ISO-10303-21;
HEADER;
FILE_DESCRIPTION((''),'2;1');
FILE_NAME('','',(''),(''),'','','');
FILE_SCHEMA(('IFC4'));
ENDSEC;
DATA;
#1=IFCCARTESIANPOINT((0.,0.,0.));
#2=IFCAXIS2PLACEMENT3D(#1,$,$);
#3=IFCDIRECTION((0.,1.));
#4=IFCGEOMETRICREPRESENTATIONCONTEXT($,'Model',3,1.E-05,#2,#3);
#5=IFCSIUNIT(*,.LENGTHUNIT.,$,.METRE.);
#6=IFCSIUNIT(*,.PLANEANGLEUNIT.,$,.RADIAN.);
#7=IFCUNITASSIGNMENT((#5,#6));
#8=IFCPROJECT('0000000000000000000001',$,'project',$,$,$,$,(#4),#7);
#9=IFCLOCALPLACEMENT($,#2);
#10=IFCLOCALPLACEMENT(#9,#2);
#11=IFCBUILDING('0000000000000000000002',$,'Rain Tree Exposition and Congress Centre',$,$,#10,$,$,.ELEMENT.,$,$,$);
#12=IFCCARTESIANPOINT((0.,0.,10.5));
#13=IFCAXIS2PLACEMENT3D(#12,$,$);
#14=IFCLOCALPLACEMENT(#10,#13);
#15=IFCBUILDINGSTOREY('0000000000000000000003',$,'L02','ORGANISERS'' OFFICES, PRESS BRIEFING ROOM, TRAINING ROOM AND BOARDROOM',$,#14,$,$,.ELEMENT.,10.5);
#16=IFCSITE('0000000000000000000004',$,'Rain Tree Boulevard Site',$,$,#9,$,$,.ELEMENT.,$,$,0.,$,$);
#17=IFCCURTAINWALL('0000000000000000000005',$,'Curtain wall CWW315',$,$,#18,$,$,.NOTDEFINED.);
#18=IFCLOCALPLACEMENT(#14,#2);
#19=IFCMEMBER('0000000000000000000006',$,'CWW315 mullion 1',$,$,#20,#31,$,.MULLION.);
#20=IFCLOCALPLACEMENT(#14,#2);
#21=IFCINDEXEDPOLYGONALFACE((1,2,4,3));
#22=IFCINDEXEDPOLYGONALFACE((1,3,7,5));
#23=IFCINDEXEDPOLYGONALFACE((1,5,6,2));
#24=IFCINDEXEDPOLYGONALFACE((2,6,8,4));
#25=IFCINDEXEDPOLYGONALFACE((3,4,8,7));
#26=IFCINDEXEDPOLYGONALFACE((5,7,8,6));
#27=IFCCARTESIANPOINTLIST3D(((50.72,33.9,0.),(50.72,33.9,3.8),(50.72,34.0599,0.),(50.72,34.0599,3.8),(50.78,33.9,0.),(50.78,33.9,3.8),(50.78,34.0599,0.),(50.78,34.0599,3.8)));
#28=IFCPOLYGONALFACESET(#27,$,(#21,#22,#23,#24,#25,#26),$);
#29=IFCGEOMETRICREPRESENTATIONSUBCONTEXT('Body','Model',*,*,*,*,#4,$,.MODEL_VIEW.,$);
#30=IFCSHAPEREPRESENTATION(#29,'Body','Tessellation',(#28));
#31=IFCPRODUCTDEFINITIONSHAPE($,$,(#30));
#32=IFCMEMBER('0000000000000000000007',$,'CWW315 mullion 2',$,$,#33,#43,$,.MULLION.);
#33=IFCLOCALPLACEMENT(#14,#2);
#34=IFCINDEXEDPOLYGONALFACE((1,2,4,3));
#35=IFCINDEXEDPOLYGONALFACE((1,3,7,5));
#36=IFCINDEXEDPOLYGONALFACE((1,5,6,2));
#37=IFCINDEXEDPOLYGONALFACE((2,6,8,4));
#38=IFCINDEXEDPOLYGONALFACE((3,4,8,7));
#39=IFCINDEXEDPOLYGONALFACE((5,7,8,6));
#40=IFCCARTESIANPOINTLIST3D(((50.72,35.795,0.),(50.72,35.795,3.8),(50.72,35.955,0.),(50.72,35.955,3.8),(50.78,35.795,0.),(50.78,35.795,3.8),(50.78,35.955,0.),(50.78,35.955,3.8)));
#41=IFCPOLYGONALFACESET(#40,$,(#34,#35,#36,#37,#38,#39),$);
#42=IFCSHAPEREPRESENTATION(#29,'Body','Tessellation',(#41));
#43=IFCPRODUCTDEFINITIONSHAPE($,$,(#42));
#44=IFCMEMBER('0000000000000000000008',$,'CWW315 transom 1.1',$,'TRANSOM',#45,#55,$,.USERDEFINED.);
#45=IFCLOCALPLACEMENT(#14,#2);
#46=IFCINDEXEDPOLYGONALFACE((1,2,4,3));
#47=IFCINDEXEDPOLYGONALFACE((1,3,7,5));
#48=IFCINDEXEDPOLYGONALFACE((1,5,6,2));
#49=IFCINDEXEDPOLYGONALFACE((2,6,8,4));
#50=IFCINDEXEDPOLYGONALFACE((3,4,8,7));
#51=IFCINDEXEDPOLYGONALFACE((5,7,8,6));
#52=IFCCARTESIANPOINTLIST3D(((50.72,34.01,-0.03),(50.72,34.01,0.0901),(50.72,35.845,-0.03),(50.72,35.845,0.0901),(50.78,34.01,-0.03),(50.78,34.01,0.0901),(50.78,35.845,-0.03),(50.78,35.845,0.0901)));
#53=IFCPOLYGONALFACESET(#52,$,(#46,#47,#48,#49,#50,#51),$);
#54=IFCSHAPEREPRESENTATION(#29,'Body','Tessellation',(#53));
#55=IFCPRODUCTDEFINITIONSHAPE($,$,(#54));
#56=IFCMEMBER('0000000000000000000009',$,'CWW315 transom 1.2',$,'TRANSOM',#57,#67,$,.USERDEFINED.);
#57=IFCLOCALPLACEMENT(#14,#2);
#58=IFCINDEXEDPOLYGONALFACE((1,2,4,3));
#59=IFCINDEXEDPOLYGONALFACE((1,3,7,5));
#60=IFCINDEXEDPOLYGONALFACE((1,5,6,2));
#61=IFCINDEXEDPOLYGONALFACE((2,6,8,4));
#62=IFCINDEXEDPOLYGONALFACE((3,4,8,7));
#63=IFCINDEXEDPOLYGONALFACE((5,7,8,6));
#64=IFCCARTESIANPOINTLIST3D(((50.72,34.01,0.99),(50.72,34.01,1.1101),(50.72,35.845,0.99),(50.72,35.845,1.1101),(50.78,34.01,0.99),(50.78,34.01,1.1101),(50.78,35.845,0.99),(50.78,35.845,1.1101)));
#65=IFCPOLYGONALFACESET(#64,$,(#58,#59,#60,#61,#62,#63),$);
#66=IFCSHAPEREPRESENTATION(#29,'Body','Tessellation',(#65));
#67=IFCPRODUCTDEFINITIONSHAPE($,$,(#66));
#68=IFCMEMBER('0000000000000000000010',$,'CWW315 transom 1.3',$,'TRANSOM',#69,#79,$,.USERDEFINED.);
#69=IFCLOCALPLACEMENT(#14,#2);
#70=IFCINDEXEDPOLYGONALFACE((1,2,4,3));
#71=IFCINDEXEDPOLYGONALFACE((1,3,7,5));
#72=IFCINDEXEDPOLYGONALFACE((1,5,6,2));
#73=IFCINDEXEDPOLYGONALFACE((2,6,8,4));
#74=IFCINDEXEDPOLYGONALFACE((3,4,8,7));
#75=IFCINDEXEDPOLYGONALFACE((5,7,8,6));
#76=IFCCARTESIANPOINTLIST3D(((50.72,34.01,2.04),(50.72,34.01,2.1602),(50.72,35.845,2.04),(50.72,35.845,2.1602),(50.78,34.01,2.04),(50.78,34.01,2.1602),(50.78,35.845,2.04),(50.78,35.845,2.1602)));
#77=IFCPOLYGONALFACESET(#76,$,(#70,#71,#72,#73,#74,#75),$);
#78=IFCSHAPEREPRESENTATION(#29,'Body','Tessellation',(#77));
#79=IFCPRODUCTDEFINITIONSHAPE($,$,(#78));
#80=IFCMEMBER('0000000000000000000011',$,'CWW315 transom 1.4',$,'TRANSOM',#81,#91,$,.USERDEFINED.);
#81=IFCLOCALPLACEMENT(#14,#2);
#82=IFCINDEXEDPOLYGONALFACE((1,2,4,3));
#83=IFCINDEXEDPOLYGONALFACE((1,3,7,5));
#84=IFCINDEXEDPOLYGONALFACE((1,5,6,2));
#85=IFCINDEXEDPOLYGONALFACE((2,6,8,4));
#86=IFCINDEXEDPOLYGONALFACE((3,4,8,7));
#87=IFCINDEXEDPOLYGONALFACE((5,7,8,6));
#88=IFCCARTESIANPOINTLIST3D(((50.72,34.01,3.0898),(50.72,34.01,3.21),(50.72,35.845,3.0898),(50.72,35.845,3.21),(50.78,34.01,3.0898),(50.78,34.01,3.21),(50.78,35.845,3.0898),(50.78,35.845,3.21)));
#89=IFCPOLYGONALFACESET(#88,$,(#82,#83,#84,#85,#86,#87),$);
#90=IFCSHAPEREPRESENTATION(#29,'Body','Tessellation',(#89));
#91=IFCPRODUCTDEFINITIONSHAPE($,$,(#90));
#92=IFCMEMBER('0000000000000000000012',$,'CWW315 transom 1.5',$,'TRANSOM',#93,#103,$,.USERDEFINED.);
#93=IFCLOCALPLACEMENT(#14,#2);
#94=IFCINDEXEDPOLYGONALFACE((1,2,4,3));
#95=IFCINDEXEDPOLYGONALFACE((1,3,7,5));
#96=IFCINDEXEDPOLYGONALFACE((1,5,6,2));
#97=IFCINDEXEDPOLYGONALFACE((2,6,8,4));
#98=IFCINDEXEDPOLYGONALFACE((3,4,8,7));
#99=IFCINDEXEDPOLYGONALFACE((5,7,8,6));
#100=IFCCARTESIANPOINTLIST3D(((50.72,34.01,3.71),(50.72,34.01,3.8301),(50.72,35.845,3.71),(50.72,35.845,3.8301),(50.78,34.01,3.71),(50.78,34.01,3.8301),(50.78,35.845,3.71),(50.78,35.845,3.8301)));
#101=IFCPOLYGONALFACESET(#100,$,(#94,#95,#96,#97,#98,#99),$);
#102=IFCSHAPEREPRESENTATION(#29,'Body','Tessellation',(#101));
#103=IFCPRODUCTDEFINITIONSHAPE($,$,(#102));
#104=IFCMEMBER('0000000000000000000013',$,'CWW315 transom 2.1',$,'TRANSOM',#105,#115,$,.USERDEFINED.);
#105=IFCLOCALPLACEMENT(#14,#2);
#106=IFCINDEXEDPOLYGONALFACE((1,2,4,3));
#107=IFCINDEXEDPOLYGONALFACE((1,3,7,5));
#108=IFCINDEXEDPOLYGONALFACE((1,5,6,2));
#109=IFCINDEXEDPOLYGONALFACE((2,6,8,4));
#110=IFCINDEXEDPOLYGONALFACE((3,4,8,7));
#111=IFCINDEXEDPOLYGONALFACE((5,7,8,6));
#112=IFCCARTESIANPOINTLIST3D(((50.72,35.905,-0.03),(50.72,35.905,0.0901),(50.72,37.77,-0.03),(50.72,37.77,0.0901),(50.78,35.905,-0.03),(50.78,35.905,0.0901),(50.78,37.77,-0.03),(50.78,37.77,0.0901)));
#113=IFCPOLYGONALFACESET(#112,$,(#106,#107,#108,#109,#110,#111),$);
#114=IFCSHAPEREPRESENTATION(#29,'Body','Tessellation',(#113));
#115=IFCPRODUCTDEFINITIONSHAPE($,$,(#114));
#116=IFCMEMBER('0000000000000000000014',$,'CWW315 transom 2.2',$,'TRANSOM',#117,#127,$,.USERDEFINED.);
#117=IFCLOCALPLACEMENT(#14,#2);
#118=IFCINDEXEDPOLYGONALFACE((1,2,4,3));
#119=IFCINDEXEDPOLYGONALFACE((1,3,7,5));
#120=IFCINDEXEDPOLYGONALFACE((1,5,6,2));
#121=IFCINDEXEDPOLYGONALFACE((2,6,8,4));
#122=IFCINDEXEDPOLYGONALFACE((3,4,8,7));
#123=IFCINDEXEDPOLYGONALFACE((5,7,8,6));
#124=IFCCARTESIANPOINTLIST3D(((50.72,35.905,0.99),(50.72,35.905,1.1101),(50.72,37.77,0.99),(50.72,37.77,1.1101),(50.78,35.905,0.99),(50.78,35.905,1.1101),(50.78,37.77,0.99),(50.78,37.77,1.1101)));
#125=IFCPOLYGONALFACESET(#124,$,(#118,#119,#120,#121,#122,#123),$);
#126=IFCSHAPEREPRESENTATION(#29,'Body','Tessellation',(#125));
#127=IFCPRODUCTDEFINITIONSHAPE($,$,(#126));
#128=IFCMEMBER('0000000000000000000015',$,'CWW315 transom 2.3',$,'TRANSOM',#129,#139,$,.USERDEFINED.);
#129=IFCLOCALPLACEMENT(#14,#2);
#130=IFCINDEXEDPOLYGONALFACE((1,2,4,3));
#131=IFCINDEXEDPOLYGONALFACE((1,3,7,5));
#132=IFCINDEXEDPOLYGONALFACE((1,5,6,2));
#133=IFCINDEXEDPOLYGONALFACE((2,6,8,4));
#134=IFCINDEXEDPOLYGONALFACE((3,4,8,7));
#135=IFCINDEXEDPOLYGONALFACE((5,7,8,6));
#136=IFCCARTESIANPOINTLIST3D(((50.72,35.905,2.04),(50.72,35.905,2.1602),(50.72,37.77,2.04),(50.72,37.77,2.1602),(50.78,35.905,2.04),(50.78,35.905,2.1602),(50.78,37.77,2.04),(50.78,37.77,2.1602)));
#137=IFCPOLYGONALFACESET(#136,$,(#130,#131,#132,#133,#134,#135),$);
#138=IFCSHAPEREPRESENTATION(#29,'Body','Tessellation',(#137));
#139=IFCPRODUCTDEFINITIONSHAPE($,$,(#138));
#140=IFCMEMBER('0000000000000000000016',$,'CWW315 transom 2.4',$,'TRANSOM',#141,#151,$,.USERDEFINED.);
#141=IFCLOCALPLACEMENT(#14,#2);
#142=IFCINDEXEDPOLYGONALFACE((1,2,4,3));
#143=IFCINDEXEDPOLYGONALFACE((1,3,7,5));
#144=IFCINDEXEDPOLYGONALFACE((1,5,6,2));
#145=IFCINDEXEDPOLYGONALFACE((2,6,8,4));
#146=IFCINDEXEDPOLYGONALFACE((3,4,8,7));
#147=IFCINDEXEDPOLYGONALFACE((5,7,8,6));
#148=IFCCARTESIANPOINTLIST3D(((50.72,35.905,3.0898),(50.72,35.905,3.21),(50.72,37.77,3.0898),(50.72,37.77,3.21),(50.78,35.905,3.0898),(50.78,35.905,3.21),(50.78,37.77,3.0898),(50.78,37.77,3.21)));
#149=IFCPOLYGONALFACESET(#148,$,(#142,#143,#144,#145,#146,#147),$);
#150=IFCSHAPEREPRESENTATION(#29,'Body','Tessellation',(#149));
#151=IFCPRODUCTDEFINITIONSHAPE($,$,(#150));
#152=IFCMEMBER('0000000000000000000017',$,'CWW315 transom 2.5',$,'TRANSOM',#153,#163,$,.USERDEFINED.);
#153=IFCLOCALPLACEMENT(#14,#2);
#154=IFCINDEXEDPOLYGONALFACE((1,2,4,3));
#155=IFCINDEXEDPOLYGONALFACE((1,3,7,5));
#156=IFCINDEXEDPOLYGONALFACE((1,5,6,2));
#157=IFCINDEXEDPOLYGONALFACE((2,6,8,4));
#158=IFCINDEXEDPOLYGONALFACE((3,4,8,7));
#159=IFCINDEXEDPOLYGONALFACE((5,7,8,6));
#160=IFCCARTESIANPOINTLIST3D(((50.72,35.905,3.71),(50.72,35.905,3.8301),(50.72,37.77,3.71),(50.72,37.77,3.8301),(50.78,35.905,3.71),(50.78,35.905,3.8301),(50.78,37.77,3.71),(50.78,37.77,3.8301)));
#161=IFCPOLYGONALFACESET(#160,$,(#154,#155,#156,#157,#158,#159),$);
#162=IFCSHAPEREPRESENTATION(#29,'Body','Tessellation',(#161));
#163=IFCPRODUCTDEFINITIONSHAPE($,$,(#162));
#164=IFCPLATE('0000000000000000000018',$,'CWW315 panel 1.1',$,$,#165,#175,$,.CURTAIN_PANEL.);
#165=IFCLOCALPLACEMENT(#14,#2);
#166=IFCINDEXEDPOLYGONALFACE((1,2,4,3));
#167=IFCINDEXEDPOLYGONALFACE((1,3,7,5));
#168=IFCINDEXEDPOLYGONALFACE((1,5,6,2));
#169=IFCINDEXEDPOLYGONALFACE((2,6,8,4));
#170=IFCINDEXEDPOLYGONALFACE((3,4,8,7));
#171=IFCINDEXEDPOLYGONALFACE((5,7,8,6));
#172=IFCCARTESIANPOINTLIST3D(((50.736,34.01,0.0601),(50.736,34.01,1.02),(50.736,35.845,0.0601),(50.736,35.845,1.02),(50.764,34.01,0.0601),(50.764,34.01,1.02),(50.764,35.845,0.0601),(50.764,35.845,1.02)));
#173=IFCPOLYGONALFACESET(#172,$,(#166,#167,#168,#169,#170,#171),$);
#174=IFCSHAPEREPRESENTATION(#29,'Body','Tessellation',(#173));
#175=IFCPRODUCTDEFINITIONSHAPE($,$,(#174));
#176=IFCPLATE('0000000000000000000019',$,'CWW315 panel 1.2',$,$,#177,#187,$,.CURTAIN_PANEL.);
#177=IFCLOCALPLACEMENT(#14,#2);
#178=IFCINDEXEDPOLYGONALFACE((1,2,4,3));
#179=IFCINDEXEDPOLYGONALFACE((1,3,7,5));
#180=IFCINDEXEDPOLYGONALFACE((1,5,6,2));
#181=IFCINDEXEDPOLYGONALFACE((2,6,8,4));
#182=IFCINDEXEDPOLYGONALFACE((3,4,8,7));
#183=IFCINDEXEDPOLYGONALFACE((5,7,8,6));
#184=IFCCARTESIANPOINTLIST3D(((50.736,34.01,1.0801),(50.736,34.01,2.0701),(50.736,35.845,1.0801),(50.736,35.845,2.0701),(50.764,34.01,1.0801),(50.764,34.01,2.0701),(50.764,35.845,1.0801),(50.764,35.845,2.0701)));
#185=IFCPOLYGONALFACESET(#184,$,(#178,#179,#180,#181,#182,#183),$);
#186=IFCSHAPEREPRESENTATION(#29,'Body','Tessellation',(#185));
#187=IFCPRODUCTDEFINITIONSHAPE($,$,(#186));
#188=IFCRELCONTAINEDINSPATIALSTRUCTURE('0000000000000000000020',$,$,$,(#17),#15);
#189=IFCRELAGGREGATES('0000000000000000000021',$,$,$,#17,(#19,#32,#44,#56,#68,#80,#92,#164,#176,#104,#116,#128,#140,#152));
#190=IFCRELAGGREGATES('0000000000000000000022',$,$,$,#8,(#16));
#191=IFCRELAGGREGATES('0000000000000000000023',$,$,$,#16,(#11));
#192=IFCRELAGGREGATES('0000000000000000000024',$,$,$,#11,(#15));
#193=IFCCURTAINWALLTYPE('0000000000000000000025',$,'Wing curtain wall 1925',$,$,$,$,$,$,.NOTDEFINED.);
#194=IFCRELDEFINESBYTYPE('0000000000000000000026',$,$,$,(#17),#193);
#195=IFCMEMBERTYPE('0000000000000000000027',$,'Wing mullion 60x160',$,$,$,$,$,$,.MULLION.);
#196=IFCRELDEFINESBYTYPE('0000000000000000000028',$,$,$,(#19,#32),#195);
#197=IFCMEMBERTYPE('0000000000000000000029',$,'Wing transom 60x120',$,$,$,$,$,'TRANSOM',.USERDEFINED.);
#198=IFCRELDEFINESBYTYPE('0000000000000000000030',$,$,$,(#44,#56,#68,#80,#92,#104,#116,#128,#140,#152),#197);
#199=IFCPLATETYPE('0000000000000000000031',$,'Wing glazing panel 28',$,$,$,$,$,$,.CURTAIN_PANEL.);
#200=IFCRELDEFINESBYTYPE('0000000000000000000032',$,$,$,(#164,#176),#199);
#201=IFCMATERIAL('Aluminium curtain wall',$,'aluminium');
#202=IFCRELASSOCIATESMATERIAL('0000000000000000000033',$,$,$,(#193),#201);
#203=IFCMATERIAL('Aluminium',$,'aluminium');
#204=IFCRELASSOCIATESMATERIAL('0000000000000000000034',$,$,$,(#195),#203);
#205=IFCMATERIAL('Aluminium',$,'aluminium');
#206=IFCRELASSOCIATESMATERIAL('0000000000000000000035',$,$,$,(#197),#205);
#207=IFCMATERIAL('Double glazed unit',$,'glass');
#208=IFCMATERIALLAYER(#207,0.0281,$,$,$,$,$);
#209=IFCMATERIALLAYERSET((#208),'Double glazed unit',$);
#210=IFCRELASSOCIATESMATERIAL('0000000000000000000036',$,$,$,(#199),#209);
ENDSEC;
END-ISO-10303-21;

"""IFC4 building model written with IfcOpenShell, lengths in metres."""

from ifc_helpers import new_model, si_unit, direction, frame, origin, origin_2d, place, context, subcontext, project, spatial, rectangle, extrude, material, layer, layer_set, material_profile, profile_set, type_object, element, aggregate, save


model = new_model("IFC4")

# Units and contexts
model_context = context("Model", 3, precision=1e-05, world=origin(), true_north=direction((0.0, 1.0)))
body_context = subcontext(model_context, "Body", "Model", "MODEL_VIEW")
ifc_project = project(units=[si_unit("LENGTHUNIT", "METRE"), si_unit("PLANEANGLEUNIT", "RADIAN")], contexts=[model_context])

# Site, building, storey
site_placement = place(None, origin())
site = spatial("IfcSite", under=ifc_project, at=site_placement, Name="Rain Tree Boulevard Site", CompositionType="ELEMENT", RefElevation=0.0)
building_placement = place(site_placement, origin())
building = spatial("IfcBuilding", under=site, at=building_placement, Name="Rain Tree Exposition and Congress Centre", CompositionType="ELEMENT")
storey_placement = place(building_placement, frame((0.0, 0.0, 10.5)))
storey = spatial("IfcBuildingStorey", under=building, at=storey_placement, Name="L02", Description="ORGANISERS' OFFICES, PRESS BRIEFING ROOM, TRAINING ROOM AND BOARDROOM", CompositionType="ELEMENT", Elevation=10.5)

# Curtain wall, members, plates
ifc_material_1 = material(Name="Aluminium curtain wall", Category="aluminium")
curtain_wall_type = type_object("IfcCurtainWallType", Name="Wing curtain wall 1925", PredefinedType="NOTDEFINED", material=ifc_material_1)
curtain_wall_placement = place(storey_placement, origin())
curtain_wall = element("IfcCurtainWall", 1, at=curtain_wall_placement, inside=storey, type_object=curtain_wall_type, Name="Curtain wall CWW315", PredefinedType="NOTDEFINED")
ifc_material_2 = material(Name="Aluminium", Category="aluminium")
ifc_material_profile_1 = material_profile(ifc_material_2, rectangle(XDim=0.0601, YDim=0.1599, at=origin_2d()), Name="Aluminium 60x160")
ifc_profile_set_1 = profile_set([ifc_material_profile_1], Name="Aluminium")
member_type_1 = type_object("IfcMemberType", Name="Wing mullion 60x160", PredefinedType="MULLION", material=ifc_profile_set_1)
member_1_placement = place(storey_placement, frame((50.75, 33.98, 0.0), z_axis=(0.0, 0.0, 1.0), x_axis=(-1.0, 0.0, 0.0)))
member_1 = element("IfcMember", 2, at=member_1_placement, type_object=member_type_1, Name="CWW315 mullion 1", PredefinedType="MULLION", context=body_context, shape_type="SweptSolid", body=[
    extrude(rectangle(XDim=0.0601, YDim=0.1599, at=origin_2d()), origin(), (0.0, 0.0, 1.0), 3.8),
])
member_2_placement = place(storey_placement, frame((50.75, 35.875, 0.0), z_axis=(0.0, 0.0, 1.0), x_axis=(-1.0, 0.0, 0.0)))
member_2 = element("IfcMember", 3, at=member_2_placement, type_object=member_type_1, Name="CWW315 mullion 2", PredefinedType="MULLION", context=body_context, shape_type="SweptSolid", body=[
    extrude(rectangle(XDim=0.0601, YDim=0.1599, at=origin_2d()), origin(), (0.0, 0.0, 1.0), 3.8),
])
ifc_material_3 = material(Name="Aluminium", Category="aluminium")
ifc_material_profile_2 = material_profile(ifc_material_3, rectangle(XDim=0.0601, YDim=0.1201, at=origin_2d()), Name="Aluminium 60x120")
ifc_profile_set_2 = profile_set([ifc_material_profile_2], Name="Aluminium")
member_type_2 = type_object("IfcMemberType", Name="Wing transom 60x120", ElementType="TRANSOM", PredefinedType="USERDEFINED", material=ifc_profile_set_2)
member_3_placement = place(storey_placement, frame((50.75, 34.01, 0.03), z_axis=(0.0, 1.0, 0.0), x_axis=(-1.0, 0.0, 0.0)))
member_3 = element("IfcMember", 4, at=member_3_placement, type_object=member_type_2, Name="CWW315 transom 1.1", ObjectType="TRANSOM", PredefinedType="USERDEFINED", context=body_context, shape_type="SweptSolid", body=[
    extrude(rectangle(XDim=0.0601, YDim=0.1201, at=origin_2d()), origin(), (0.0, 0.0, 1.0), 1.835),
])
member_4_placement = place(storey_placement, frame((50.75, 34.01, 1.05), z_axis=(0.0, 1.0, 0.0), x_axis=(-1.0, 0.0, 0.0)))
member_4 = element("IfcMember", 5, at=member_4_placement, type_object=member_type_2, Name="CWW315 transom 1.2", ObjectType="TRANSOM", PredefinedType="USERDEFINED", context=body_context, shape_type="SweptSolid", body=[
    extrude(rectangle(XDim=0.0601, YDim=0.1201, at=origin_2d()), origin(), (0.0, 0.0, 1.0), 1.835),
])
member_5_placement = place(storey_placement, frame((50.75, 34.01, 2.1001), z_axis=(0.0, 1.0, 0.0), x_axis=(-1.0, 0.0, 0.0)))
member_5 = element("IfcMember", 6, at=member_5_placement, type_object=member_type_2, Name="CWW315 transom 1.3", ObjectType="TRANSOM", PredefinedType="USERDEFINED", context=body_context, shape_type="SweptSolid", body=[
    extrude(rectangle(XDim=0.0601, YDim=0.1201, at=origin_2d()), origin(), (0.0, 0.0, 1.0), 1.835),
])
member_6_placement = place(storey_placement, frame((50.75, 34.01, 3.1499), z_axis=(0.0, 1.0, 0.0), x_axis=(-1.0, 0.0, 0.0)))
member_6 = element("IfcMember", 7, at=member_6_placement, type_object=member_type_2, Name="CWW315 transom 1.4", ObjectType="TRANSOM", PredefinedType="USERDEFINED", context=body_context, shape_type="SweptSolid", body=[
    extrude(rectangle(XDim=0.0601, YDim=0.1201, at=origin_2d()), origin(), (0.0, 0.0, 1.0), 1.835),
])
member_7_placement = place(storey_placement, frame((50.75, 34.01, 3.77), z_axis=(0.0, 1.0, 0.0), x_axis=(-1.0, 0.0, 0.0)))
member_7 = element("IfcMember", 8, at=member_7_placement, type_object=member_type_2, Name="CWW315 transom 1.5", ObjectType="TRANSOM", PredefinedType="USERDEFINED", context=body_context, shape_type="SweptSolid", body=[
    extrude(rectangle(XDim=0.0601, YDim=0.1201, at=origin_2d()), origin(), (0.0, 0.0, 1.0), 1.835),
])
member_8_placement = place(storey_placement, frame((50.75, 35.905, 0.03), z_axis=(0.0, 1.0, 0.0), x_axis=(-1.0, 0.0, 0.0)))
member_8 = element("IfcMember", 9, at=member_8_placement, type_object=member_type_2, Name="CWW315 transom 2.1", ObjectType="TRANSOM", PredefinedType="USERDEFINED", context=body_context, shape_type="SweptSolid", body=[
    extrude(rectangle(XDim=0.0601, YDim=0.1201, at=origin_2d()), origin(), (0.0, 0.0, 1.0), 1.865),
])
member_9_placement = place(storey_placement, frame((50.75, 35.905, 1.05), z_axis=(0.0, 1.0, 0.0), x_axis=(-1.0, 0.0, 0.0)))
member_9 = element("IfcMember", 10, at=member_9_placement, type_object=member_type_2, Name="CWW315 transom 2.2", ObjectType="TRANSOM", PredefinedType="USERDEFINED", context=body_context, shape_type="SweptSolid", body=[
    extrude(rectangle(XDim=0.0601, YDim=0.1201, at=origin_2d()), origin(), (0.0, 0.0, 1.0), 1.865),
])
member_10_placement = place(storey_placement, frame((50.75, 35.905, 2.1001), z_axis=(0.0, 1.0, 0.0), x_axis=(-1.0, 0.0, 0.0)))
member_10 = element("IfcMember", 11, at=member_10_placement, type_object=member_type_2, Name="CWW315 transom 2.3", ObjectType="TRANSOM", PredefinedType="USERDEFINED", context=body_context, shape_type="SweptSolid", body=[
    extrude(rectangle(XDim=0.0601, YDim=0.1201, at=origin_2d()), origin(), (0.0, 0.0, 1.0), 1.865),
])
member_11_placement = place(storey_placement, frame((50.75, 35.905, 3.1499), z_axis=(0.0, 1.0, 0.0), x_axis=(-1.0, 0.0, 0.0)))
member_11 = element("IfcMember", 12, at=member_11_placement, type_object=member_type_2, Name="CWW315 transom 2.4", ObjectType="TRANSOM", PredefinedType="USERDEFINED", context=body_context, shape_type="SweptSolid", body=[
    extrude(rectangle(XDim=0.0601, YDim=0.1201, at=origin_2d()), origin(), (0.0, 0.0, 1.0), 1.865),
])
member_12_placement = place(storey_placement, frame((50.75, 35.905, 3.77), z_axis=(0.0, 1.0, 0.0), x_axis=(-1.0, 0.0, 0.0)))
member_12 = element("IfcMember", 13, at=member_12_placement, type_object=member_type_2, Name="CWW315 transom 2.5", ObjectType="TRANSOM", PredefinedType="USERDEFINED", context=body_context, shape_type="SweptSolid", body=[
    extrude(rectangle(XDim=0.0601, YDim=0.1201, at=origin_2d()), origin(), (0.0, 0.0, 1.0), 1.865),
])
ifc_material_4 = material(Name="Double glazed unit", Category="glass")
ifc_layer_1 = layer(ifc_material_4, 0.0281)
ifc_layer_set_1 = layer_set([ifc_layer_1], Name="Double glazed unit")
plate_type = type_object("IfcPlateType", Name="Wing glazing panel 28", PredefinedType="CURTAIN_PANEL", material=ifc_layer_set_1)
plate_1_placement = place(storey_placement, frame((50.75, 34.9275, 0.0601), z_axis=(0.0, 0.0, 1.0), x_axis=(0.0, 1.0, 0.0)))
plate_1 = element("IfcPlate", 14, at=plate_1_placement, type_object=plate_type, Name="CWW315 panel 1.1", PredefinedType="CURTAIN_PANEL", context=body_context, shape_type="SweptSolid", body=[
    extrude(rectangle(XDim=1.835, YDim=0.0281, at=origin_2d()), origin(), (0.0, 0.0, 1.0), 0.96),
])
plate_2_placement = place(storey_placement, frame((50.75, 34.9275, 1.0801), z_axis=(0.0, 0.0, 1.0), x_axis=(0.0, 1.0, 0.0)))
plate_2 = element("IfcPlate", 15, at=plate_2_placement, type_object=plate_type, Name="CWW315 panel 1.2", PredefinedType="CURTAIN_PANEL", context=body_context, shape_type="SweptSolid", body=[
    extrude(rectangle(XDim=1.835, YDim=0.0281, at=origin_2d()), origin(), (0.0, 0.0, 1.0), 0.99),
])
aggregate(curtain_wall, [member_1, member_2, member_3, member_4, member_5, member_6, member_7, plate_1, plate_2, member_8, member_9, member_10, member_11, member_12])

save(model, "model.ifc")
